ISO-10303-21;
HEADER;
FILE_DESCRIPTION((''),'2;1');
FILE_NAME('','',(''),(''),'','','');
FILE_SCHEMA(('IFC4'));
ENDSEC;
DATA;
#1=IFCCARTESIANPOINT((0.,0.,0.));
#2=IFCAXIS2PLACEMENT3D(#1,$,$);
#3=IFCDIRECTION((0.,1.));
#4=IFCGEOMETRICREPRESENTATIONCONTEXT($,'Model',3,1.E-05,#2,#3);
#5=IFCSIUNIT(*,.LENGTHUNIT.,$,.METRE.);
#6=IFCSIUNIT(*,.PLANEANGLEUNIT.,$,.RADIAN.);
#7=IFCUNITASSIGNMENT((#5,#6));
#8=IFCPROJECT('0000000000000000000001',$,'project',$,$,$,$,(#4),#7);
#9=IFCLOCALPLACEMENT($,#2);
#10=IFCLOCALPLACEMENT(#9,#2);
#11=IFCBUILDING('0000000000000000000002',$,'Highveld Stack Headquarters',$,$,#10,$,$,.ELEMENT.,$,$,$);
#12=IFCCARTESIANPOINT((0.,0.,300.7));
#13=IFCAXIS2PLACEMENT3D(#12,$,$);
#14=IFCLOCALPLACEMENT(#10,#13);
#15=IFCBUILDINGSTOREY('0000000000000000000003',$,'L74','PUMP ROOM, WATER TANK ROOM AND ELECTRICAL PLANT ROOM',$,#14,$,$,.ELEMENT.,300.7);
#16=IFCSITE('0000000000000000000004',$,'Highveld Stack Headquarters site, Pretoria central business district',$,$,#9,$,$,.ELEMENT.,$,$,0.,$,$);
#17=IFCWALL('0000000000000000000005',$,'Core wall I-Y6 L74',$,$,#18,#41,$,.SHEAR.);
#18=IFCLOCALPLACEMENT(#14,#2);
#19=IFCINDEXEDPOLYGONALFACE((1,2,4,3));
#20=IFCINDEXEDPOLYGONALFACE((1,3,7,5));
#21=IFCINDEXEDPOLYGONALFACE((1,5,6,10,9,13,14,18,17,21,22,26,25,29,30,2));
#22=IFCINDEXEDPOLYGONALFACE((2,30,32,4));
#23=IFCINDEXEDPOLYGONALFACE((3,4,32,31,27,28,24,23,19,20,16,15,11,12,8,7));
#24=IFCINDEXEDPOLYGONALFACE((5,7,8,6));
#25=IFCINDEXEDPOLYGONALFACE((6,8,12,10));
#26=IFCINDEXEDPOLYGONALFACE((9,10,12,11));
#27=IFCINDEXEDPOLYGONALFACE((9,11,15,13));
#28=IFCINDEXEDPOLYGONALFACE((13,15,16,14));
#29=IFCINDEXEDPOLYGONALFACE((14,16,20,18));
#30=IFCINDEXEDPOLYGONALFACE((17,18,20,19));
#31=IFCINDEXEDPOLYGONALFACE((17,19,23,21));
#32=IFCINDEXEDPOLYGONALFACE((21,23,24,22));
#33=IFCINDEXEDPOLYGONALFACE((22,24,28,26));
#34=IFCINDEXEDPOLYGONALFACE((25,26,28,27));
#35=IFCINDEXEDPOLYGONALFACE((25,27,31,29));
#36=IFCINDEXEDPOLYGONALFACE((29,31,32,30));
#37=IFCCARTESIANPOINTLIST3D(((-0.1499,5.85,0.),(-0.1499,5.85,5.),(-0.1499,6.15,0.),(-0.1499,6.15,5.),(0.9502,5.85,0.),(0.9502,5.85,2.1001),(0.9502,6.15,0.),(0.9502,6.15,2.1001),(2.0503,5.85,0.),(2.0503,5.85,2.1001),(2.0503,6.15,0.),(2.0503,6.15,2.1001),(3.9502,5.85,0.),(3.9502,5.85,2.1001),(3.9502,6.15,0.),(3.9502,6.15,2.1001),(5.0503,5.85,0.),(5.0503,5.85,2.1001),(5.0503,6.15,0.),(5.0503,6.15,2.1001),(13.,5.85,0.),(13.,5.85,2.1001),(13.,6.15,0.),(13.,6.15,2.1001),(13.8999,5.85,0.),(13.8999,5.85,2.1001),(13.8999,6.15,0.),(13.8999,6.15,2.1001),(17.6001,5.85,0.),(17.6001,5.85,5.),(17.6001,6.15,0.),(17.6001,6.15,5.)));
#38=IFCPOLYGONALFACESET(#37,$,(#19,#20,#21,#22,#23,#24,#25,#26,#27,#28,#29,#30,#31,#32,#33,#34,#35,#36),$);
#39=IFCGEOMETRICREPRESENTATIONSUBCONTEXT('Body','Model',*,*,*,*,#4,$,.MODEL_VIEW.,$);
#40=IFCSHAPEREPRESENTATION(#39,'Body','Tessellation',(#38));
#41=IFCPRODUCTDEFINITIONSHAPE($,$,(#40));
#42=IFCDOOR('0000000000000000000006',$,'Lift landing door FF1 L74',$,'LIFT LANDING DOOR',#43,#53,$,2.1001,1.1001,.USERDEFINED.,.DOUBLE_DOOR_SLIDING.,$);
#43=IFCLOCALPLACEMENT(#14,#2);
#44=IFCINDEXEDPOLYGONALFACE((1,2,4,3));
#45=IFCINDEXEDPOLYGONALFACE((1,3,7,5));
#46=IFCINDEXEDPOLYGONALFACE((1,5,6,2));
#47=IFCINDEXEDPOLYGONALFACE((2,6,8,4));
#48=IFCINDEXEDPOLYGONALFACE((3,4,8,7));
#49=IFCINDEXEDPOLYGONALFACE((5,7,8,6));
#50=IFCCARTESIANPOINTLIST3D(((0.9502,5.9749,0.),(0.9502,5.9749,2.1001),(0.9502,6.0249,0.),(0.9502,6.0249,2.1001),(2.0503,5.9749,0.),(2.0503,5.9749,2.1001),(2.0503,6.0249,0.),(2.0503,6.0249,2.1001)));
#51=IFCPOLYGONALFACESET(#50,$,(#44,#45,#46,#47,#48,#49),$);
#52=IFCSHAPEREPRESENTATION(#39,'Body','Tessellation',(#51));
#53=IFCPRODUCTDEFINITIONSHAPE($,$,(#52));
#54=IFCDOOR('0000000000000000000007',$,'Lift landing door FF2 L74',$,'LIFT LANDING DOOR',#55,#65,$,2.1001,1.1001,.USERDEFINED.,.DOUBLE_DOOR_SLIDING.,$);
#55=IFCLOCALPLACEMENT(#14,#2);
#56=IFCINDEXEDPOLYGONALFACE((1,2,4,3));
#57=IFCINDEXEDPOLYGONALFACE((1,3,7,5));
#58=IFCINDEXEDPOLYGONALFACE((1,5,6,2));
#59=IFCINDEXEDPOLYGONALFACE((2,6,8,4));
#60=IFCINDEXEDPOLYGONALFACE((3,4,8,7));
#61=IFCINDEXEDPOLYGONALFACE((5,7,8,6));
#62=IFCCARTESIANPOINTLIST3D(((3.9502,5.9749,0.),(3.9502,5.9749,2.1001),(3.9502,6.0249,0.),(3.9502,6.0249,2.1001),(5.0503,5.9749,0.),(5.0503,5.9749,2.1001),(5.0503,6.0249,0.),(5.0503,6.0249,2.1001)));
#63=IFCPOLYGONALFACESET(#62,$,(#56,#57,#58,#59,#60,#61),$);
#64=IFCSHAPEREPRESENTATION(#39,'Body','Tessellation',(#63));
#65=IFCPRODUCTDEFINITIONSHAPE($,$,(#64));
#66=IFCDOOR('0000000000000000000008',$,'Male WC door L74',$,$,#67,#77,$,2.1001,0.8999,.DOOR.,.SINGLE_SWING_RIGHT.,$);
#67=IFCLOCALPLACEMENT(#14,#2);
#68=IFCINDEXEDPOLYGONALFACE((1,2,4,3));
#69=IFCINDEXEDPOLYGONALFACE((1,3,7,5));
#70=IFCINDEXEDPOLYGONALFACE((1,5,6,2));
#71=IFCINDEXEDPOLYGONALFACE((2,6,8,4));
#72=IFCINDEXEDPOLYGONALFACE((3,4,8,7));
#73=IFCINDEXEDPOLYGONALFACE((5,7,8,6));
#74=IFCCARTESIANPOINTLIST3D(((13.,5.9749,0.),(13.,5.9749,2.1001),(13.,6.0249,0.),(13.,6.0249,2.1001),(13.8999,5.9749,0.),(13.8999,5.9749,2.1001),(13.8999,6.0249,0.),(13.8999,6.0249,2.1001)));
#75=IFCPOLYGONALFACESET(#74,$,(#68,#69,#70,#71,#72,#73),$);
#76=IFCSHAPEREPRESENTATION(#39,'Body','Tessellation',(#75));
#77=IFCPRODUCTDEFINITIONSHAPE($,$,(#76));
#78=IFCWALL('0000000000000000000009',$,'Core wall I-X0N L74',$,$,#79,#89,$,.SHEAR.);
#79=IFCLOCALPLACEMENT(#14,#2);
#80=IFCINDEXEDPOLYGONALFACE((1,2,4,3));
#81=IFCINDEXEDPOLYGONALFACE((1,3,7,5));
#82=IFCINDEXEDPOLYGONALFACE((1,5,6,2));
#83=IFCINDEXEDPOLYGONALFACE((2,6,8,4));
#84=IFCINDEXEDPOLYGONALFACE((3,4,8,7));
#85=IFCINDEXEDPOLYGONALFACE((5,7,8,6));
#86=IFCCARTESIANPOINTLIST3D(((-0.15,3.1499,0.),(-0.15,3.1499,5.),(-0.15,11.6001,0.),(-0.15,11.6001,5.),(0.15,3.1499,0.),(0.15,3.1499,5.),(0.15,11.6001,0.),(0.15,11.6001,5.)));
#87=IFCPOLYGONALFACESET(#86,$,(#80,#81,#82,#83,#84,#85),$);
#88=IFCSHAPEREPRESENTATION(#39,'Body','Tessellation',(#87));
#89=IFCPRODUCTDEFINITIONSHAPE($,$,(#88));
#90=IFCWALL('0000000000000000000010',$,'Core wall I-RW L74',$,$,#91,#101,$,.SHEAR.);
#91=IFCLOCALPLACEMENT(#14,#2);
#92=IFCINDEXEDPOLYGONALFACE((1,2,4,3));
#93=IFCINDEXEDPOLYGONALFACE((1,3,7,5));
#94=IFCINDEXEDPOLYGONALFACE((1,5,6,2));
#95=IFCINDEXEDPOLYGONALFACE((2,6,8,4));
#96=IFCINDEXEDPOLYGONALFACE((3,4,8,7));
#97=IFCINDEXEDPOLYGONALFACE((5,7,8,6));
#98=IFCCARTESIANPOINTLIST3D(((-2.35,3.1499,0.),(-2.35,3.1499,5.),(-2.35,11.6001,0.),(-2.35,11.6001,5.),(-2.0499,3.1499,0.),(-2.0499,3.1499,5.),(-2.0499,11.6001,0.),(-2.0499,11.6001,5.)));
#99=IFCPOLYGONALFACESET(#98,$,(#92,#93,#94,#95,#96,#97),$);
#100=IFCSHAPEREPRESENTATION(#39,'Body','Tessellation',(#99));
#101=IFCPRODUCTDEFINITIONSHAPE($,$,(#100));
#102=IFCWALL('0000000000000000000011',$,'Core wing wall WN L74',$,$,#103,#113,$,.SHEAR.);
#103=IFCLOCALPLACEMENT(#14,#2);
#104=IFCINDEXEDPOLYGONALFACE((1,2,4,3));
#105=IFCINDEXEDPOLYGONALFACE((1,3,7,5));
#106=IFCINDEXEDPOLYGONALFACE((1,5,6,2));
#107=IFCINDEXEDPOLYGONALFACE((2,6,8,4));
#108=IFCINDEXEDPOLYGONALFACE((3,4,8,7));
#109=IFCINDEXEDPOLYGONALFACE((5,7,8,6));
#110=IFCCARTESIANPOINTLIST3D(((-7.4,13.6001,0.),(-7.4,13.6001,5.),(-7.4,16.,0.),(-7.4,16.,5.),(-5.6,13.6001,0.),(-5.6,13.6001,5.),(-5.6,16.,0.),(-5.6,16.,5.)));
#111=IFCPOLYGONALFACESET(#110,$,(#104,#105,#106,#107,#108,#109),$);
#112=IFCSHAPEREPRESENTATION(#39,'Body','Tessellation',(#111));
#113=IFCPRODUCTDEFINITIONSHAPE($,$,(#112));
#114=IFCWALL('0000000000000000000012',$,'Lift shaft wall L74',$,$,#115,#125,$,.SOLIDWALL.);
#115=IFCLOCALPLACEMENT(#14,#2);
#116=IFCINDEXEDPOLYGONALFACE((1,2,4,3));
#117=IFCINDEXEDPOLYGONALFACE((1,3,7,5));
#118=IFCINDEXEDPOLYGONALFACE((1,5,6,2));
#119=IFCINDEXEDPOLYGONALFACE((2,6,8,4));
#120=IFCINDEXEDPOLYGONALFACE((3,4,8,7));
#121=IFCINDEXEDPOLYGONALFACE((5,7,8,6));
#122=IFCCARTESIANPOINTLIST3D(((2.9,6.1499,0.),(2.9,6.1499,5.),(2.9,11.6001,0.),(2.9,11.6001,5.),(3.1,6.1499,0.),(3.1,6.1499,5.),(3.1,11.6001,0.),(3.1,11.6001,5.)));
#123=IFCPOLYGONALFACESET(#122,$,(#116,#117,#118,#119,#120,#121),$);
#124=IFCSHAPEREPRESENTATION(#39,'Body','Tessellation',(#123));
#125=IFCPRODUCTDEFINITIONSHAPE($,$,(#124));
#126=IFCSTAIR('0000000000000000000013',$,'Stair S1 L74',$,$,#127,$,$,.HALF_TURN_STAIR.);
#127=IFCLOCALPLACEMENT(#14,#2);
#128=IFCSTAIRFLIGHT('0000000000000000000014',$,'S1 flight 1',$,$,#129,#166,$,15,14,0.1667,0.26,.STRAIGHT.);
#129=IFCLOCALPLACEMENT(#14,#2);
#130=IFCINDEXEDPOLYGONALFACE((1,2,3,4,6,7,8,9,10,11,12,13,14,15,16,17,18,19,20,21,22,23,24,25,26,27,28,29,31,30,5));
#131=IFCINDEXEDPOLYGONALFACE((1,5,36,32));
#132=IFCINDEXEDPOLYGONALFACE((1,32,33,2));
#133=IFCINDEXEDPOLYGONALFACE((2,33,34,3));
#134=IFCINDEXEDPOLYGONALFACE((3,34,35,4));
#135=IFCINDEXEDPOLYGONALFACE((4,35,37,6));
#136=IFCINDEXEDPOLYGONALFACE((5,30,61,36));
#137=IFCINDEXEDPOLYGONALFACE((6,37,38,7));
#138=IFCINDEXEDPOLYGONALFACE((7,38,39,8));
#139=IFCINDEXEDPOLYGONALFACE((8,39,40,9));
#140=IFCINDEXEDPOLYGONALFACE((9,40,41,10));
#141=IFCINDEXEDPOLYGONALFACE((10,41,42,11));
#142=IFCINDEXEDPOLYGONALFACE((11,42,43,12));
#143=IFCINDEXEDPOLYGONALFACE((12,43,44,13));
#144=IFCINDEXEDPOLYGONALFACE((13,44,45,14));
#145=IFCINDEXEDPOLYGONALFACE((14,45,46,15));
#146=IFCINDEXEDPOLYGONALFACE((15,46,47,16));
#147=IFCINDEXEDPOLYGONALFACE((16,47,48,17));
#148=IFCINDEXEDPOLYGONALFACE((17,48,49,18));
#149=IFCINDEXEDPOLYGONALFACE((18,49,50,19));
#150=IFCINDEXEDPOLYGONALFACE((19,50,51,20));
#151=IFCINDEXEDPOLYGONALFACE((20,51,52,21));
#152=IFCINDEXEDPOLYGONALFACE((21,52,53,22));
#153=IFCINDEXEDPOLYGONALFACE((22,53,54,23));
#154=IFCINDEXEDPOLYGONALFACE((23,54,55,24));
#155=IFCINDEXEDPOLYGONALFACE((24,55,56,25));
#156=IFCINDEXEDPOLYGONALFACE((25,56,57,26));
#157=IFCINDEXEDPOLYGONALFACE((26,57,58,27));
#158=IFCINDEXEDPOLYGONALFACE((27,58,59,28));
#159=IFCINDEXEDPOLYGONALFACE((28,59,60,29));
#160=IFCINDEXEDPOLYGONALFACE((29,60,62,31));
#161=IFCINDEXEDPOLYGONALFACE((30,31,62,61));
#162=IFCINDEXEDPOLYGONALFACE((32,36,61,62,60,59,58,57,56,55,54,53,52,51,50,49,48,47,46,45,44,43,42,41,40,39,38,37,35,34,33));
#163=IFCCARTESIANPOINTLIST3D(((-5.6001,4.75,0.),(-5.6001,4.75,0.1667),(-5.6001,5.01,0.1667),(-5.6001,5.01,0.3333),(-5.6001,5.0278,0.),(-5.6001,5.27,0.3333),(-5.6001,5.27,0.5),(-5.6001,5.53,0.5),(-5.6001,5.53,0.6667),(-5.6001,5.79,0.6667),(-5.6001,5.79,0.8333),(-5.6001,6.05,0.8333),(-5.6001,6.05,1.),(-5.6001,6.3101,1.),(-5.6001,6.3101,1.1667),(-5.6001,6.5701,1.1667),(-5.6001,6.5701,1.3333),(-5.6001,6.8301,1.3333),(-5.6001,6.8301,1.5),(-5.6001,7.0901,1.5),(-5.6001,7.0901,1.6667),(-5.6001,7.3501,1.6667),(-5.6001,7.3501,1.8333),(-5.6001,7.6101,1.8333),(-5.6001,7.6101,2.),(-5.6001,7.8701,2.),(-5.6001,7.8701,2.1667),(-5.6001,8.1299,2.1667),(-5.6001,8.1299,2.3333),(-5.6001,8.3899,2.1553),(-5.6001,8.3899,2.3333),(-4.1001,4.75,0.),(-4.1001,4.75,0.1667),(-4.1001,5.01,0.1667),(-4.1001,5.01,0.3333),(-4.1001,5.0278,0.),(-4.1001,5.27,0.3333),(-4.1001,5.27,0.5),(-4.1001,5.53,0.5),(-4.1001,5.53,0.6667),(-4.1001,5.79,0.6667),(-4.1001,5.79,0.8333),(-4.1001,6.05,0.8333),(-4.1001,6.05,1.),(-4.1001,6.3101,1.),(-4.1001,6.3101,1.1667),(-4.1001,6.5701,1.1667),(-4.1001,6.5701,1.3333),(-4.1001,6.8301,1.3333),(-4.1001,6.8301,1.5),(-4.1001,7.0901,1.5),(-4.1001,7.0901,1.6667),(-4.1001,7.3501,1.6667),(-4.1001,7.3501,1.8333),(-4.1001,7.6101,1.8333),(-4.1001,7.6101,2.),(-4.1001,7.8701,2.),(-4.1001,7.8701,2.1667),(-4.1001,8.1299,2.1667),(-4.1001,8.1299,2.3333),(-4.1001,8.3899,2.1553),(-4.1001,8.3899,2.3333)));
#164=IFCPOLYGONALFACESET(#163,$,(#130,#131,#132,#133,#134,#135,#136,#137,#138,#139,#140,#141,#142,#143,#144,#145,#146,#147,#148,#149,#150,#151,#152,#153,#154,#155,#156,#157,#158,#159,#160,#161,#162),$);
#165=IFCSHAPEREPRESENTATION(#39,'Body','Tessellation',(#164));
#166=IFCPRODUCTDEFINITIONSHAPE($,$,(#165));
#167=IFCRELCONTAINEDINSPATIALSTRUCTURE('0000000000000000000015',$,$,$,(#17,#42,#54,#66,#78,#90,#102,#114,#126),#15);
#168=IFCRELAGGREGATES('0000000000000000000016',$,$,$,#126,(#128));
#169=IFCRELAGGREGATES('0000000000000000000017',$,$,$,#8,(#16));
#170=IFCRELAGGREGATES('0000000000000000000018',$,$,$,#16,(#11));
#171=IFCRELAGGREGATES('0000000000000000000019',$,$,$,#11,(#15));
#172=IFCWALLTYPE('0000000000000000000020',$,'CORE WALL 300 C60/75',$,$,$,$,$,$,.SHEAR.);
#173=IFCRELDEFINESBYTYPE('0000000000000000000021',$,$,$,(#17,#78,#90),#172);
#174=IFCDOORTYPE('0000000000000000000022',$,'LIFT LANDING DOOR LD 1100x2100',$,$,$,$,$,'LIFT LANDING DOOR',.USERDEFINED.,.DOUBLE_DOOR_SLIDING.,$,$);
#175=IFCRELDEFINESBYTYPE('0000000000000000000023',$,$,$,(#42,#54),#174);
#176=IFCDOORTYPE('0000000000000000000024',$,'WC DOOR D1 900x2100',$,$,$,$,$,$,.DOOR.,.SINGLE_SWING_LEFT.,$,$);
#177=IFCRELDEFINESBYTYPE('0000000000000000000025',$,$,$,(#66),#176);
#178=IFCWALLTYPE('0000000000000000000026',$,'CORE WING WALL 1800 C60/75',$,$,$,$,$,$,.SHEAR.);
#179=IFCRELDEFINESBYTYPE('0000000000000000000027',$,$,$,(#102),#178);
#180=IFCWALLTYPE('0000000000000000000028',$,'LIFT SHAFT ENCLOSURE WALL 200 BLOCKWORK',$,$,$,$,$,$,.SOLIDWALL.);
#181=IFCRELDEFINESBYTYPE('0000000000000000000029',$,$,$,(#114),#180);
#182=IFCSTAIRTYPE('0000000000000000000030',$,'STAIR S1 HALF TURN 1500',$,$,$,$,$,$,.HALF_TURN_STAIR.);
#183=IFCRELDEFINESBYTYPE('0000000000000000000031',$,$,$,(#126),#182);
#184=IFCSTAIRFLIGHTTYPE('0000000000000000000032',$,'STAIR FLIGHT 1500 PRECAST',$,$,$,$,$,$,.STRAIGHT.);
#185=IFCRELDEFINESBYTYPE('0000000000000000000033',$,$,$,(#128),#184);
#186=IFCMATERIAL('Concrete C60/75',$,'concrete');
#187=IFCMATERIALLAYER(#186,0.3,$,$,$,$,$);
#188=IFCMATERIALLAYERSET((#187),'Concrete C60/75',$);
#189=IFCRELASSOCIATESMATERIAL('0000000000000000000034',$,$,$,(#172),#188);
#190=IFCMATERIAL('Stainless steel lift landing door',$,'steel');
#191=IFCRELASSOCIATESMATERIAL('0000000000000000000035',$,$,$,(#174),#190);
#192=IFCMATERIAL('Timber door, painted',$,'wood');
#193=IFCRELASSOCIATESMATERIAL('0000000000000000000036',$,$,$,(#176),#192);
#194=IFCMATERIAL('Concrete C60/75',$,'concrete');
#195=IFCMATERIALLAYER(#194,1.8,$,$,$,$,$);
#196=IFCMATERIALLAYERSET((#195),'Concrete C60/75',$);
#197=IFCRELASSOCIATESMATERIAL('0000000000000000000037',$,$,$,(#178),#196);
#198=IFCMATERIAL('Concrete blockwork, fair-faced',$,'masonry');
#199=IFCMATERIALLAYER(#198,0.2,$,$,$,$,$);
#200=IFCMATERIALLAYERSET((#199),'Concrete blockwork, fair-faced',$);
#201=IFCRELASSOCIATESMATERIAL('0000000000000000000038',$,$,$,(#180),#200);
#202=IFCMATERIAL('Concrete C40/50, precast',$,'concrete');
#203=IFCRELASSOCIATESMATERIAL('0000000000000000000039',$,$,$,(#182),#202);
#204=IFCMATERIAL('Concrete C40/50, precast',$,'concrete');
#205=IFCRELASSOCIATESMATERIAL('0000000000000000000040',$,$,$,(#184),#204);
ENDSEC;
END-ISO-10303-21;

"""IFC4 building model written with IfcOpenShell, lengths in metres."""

from ifc_helpers import new_model, si_unit, direction, frame, frame_2d, origin, place, context, subcontext, project, spatial, polyline, rectangle, outline, extrude, material, layer, layer_set, type_object, element, fill, aggregate, save


model = new_model("IFC4")

# Units and contexts
model_context = context("Model", 3, precision=1e-05, world=origin(), true_north=direction((0.0, 1.0)))
body_context = subcontext(model_context, "Body", "Model", "MODEL_VIEW")
ifc_project = project(units=[si_unit("LENGTHUNIT", "METRE"), si_unit("PLANEANGLEUNIT", "RADIAN")], contexts=[model_context])

# Site, building, storey
site_placement = place(None, origin())
site = spatial("IfcSite", under=ifc_project, at=site_placement, Name="Highveld Stack Headquarters site, Pretoria central business district", CompositionType="ELEMENT", RefElevation=0.0)
building_placement = place(site_placement, origin())
building = spatial("IfcBuilding", under=site, at=building_placement, Name="Highveld Stack Headquarters", CompositionType="ELEMENT")
storey_placement = place(building_placement, frame((0.0, 0.0, 300.7)))
storey = spatial("IfcBuildingStorey", under=building, at=storey_placement, Name="L74", Description="PUMP ROOM, WATER TANK ROOM AND ELECTRICAL PLANT ROOM", CompositionType="ELEMENT", Elevation=300.7)

# Wall, openings, doors
ifc_material_1 = material(Name="Concrete C60/75", Category="concrete")
ifc_layer_1 = layer(ifc_material_1, 0.3)
ifc_layer_set_1 = layer_set([ifc_layer_1], Name="Concrete C60/75")
wall_type_1 = type_object("IfcWallType", Name="CORE WALL 300 C60/75", PredefinedType="SHEAR", material=ifc_layer_set_1)
wall_1_placement = place(storey_placement, frame((-0.1499, 6.0, 0.0), z_axis=(0.0, 0.0, 1.0), x_axis=(1.0, 0.0, 0.0)))
wall_1 = element("IfcWall", 1, at=wall_1_placement, inside=storey, type_object=wall_type_1, Name="Core wall I-Y6 L74", PredefinedType="SHEAR", context=body_context, shape_type="SweptSolid", body=[
    extrude(rectangle(XDim=17.75, YDim=0.3, at=frame_2d((8.875, 0.0))), origin(), (0.0, 0.0, 1.0), 5.0),
])
opening_1_placement = place(wall_1_placement, frame((13.1499, 0.0, 0.0)))
opening_1 = element("IfcOpeningElement", 2, at=opening_1_placement, cuts=wall_1, PredefinedType="OPENING", context=body_context, shape_type="SweptSolid", body=[
    extrude(rectangle(XDim=0.8999, YDim=2.1001, at=frame_2d((0.45, 1.05))), frame((0.0, 0.1599, 0.0), z_axis=(0.0, -1.0, 0.0), x_axis=(1.0, 0.0, 0.0)), (0.0, 0.0, 1.0), 0.3201),
])
opening_2_placement = place(wall_1_placement, frame((1.1001, 0.0, 0.0)))
opening_2 = element("IfcOpeningElement", 3, at=opening_2_placement, cuts=wall_1, PredefinedType="OPENING", context=body_context, shape_type="SweptSolid", body=[
    extrude(rectangle(XDim=1.1001, YDim=2.1001, at=frame_2d((0.55, 1.05))), frame((0.0, 0.1599, 0.0), z_axis=(0.0, -1.0, 0.0), x_axis=(1.0, 0.0, 0.0)), (0.0, 0.0, 1.0), 0.3201),
])
opening_3_placement = place(wall_1_placement, frame((4.1001, 0.0, 0.0)))
opening_3 = element("IfcOpeningElement", 4, at=opening_3_placement, cuts=wall_1, PredefinedType="OPENING", context=body_context, shape_type="SweptSolid", body=[
    extrude(rectangle(XDim=1.1001, YDim=2.1001, at=frame_2d((0.55, 1.05))), frame((0.0, 0.1599, 0.0), z_axis=(0.0, -1.0, 0.0), x_axis=(1.0, 0.0, 0.0)), (0.0, 0.0, 1.0), 0.3201),
])
ifc_material_2 = material(Name="Stainless steel lift landing door", Category="steel")
door_type_1 = type_object("IfcDoorType", Name="LIFT LANDING DOOR LD 1100x2100", ElementType="LIFT LANDING DOOR", OperationType="DOUBLE_DOOR_SLIDING", PredefinedType="USERDEFINED", material=ifc_material_2)
door_1_placement = place(opening_2_placement, origin())
door_1 = element("IfcDoor", 5, at=door_1_placement, inside=storey, type_object=door_type_1, Name="Lift landing door FF1 L74", ObjectType="LIFT LANDING DOOR", OperationType="DOUBLE_DOOR_SLIDING", OverallHeight=2.1001, OverallWidth=1.1001, PredefinedType="USERDEFINED", context=body_context, shape_type="SweptSolid", body=[
    extrude(rectangle(XDim=1.1001, YDim=2.1001, at=frame_2d((0.55, 1.05))), frame((0.0, 0.0249, 0.0), z_axis=(0.0, -1.0, 0.0), x_axis=(1.0, 0.0, 0.0)), (0.0, 0.0, 1.0), 0.05),
])
fill(opening_2, door_1)
door_2_placement = place(opening_3_placement, origin())
door_2 = element("IfcDoor", 6, at=door_2_placement, inside=storey, type_object=door_type_1, Name="Lift landing door FF2 L74", ObjectType="LIFT LANDING DOOR", OperationType="DOUBLE_DOOR_SLIDING", OverallHeight=2.1001, OverallWidth=1.1001, PredefinedType="USERDEFINED", context=body_context, shape_type="SweptSolid", body=[
    extrude(rectangle(XDim=1.1001, YDim=2.1001, at=frame_2d((0.55, 1.05))), frame((0.0, 0.0249, 0.0), z_axis=(0.0, -1.0, 0.0), x_axis=(1.0, 0.0, 0.0)), (0.0, 0.0, 1.0), 0.05),
])
fill(opening_3, door_2)
ifc_material_3 = material(Name="Timber door, painted", Category="wood")
door_type_2 = type_object("IfcDoorType", Name="WC DOOR D1 900x2100", OperationType="SINGLE_SWING_LEFT", PredefinedType="DOOR", material=ifc_material_3)
door_3_placement = place(opening_1_placement, origin())
door_3 = element("IfcDoor", 7, at=door_3_placement, inside=storey, type_object=door_type_2, Name="Male WC door L74", OperationType="SINGLE_SWING_RIGHT", OverallHeight=2.1001, OverallWidth=0.8999, PredefinedType="DOOR", context=body_context, shape_type="SweptSolid", body=[
    extrude(rectangle(XDim=0.8999, YDim=2.1001, at=frame_2d((0.45, 1.05))), frame((0.0, 0.0249, 0.0), z_axis=(0.0, -1.0, 0.0), x_axis=(1.0, 0.0, 0.0)), (0.0, 0.0, 1.0), 0.05),
])
fill(opening_1, door_3)

# Walls
for number, where, z_axis, x_axis, name in (
    (8, (0.0, 3.1499, 0.0), (0.0, 0.0, 1.0), (0.0, 1.0, 0.0), "Core wall I-X0N L74"),
    (9, (-2.2, 3.1499, 0.0), (0.0, 0.0, 1.0), (0.0, 1.0, 0.0), "Core wall I-RW L74"),
):
    element("IfcWall", number, at=place(storey_placement, frame(where, z_axis=z_axis, x_axis=x_axis)), inside=storey, type_object=wall_type_1, Name=name, PredefinedType="SHEAR", context=body_context, shape_type="SweptSolid", body=[
        extrude(rectangle(XDim=8.4502, YDim=0.3, at=frame_2d((4.2251, 0.0))), origin(), (0.0, 0.0, 1.0), 5.0),
    ])
ifc_material_4 = material(Name="Concrete C60/75", Category="concrete")
ifc_layer_2 = layer(ifc_material_4, 1.8)
ifc_layer_set_2 = layer_set([ifc_layer_2], Name="Concrete C60/75")
wall_type_2 = type_object("IfcWallType", Name="CORE WING WALL 1800 C60/75", PredefinedType="SHEAR", material=ifc_layer_set_2)
wall_2_placement = place(storey_placement, frame((-6.5, 13.6001, 0.0), z_axis=(0.0, 0.0, 1.0), x_axis=(0.0, 1.0, 0.0)))
element("IfcWall", 10, at=wall_2_placement, inside=storey, type_object=wall_type_2, Name="Core wing wall WN L74", PredefinedType="SHEAR", context=body_context, shape_type="SweptSolid", body=[
    extrude(rectangle(XDim=2.3999, YDim=1.8, at=frame_2d((1.2, 0.0))), origin(), (0.0, 0.0, 1.0), 5.0),
])
ifc_material_5 = material(Name="Concrete blockwork, fair-faced", Category="masonry")
ifc_layer_3 = layer(ifc_material_5, 0.2)
ifc_layer_set_3 = layer_set([ifc_layer_3], Name="Concrete blockwork, fair-faced")
wall_type_3 = type_object("IfcWallType", Name="LIFT SHAFT ENCLOSURE WALL 200 BLOCKWORK", PredefinedType="SOLIDWALL", material=ifc_layer_set_3)
wall_3_placement = place(storey_placement, frame((3.0, 6.1499, 0.0), z_axis=(0.0, 0.0, 1.0), x_axis=(0.0, 1.0, 0.0)))
element("IfcWall", 11, at=wall_3_placement, inside=storey, type_object=wall_type_3, Name="Lift shaft wall L74", PredefinedType="SOLIDWALL", context=body_context, shape_type="SweptSolid", body=[
    extrude(rectangle(XDim=5.4502, YDim=0.2, at=frame_2d((2.7251, 0.0))), origin(), (0.0, 0.0, 1.0), 5.0),
])

# Stair, stair flight
ifc_material_6 = material(Name="Concrete C40/50, precast", Category="concrete")
stair_type = type_object("IfcStairType", Name="STAIR S1 HALF TURN 1500", PredefinedType="HALF_TURN_STAIR", material=ifc_material_6)
stair_placement = place(storey_placement, origin())
stair = element("IfcStair", 12, at=stair_placement, inside=storey, type_object=stair_type, Name="Stair S1 L74", PredefinedType="HALF_TURN_STAIR")
ifc_material_7 = material(Name="Concrete C40/50, precast", Category="concrete")
stair_flight_type = type_object("IfcStairFlightType", Name="STAIR FLIGHT 1500 PRECAST", PredefinedType="STRAIGHT", material=ifc_material_7)
stair_flight_1_placement = place(storey_placement, frame((-4.8501, 4.75, 0.0), z_axis=(0.0, 0.0, 1.0), x_axis=(0.0, 1.0, 0.0)))
stair_flight_1 = element("IfcStairFlight", 13, at=stair_flight_1_placement, type_object=stair_flight_type, Name="S1 flight 1", NumberOfRisers=15, NumberOfTreads=14, PredefinedType="STRAIGHT", RiserHeight=0.1667, TreadLength=0.26, context=body_context, shape_type="SweptSolid", body=[
    extrude(outline(polyline([(0.0, 0.0), (0.0, 0.1667), (0.26, 0.1667), (0.26, 0.3333), (0.52, 0.3333), (0.52, 0.5), (0.78, 0.5), (0.78, 0.6667), (1.04, 0.6667), (1.04, 0.8333), (1.3, 0.8333), (1.3, 1.0), (1.5601, 1.0), (1.5601, 1.1667), (1.8201, 1.1667), (1.8201, 1.3333), (2.0801, 1.3333), (2.0801, 1.5), (2.3401, 1.5), (2.3401, 1.6667), (2.6001, 1.6667), (2.6001, 1.8333), (2.8601, 1.8333), (2.8601, 2.0), (3.1201, 2.0), (3.1201, 2.1667), (3.3799, 2.1667), (3.3799, 2.3333), (3.6399, 2.3333), (3.6399, 2.5), (3.6399, 2.1553), (0.2778, 0.0), (0.0, 0.0)])), frame((0.0, 0.75, 0.0), z_axis=(0.0, -1.0, 0.0), x_axis=(1.0, 0.0, 0.0)), (0.0, 0.0, 1.0), 1.5),
])
aggregate(stair, [stair_flight_1])

save(model, "model.ifc")
